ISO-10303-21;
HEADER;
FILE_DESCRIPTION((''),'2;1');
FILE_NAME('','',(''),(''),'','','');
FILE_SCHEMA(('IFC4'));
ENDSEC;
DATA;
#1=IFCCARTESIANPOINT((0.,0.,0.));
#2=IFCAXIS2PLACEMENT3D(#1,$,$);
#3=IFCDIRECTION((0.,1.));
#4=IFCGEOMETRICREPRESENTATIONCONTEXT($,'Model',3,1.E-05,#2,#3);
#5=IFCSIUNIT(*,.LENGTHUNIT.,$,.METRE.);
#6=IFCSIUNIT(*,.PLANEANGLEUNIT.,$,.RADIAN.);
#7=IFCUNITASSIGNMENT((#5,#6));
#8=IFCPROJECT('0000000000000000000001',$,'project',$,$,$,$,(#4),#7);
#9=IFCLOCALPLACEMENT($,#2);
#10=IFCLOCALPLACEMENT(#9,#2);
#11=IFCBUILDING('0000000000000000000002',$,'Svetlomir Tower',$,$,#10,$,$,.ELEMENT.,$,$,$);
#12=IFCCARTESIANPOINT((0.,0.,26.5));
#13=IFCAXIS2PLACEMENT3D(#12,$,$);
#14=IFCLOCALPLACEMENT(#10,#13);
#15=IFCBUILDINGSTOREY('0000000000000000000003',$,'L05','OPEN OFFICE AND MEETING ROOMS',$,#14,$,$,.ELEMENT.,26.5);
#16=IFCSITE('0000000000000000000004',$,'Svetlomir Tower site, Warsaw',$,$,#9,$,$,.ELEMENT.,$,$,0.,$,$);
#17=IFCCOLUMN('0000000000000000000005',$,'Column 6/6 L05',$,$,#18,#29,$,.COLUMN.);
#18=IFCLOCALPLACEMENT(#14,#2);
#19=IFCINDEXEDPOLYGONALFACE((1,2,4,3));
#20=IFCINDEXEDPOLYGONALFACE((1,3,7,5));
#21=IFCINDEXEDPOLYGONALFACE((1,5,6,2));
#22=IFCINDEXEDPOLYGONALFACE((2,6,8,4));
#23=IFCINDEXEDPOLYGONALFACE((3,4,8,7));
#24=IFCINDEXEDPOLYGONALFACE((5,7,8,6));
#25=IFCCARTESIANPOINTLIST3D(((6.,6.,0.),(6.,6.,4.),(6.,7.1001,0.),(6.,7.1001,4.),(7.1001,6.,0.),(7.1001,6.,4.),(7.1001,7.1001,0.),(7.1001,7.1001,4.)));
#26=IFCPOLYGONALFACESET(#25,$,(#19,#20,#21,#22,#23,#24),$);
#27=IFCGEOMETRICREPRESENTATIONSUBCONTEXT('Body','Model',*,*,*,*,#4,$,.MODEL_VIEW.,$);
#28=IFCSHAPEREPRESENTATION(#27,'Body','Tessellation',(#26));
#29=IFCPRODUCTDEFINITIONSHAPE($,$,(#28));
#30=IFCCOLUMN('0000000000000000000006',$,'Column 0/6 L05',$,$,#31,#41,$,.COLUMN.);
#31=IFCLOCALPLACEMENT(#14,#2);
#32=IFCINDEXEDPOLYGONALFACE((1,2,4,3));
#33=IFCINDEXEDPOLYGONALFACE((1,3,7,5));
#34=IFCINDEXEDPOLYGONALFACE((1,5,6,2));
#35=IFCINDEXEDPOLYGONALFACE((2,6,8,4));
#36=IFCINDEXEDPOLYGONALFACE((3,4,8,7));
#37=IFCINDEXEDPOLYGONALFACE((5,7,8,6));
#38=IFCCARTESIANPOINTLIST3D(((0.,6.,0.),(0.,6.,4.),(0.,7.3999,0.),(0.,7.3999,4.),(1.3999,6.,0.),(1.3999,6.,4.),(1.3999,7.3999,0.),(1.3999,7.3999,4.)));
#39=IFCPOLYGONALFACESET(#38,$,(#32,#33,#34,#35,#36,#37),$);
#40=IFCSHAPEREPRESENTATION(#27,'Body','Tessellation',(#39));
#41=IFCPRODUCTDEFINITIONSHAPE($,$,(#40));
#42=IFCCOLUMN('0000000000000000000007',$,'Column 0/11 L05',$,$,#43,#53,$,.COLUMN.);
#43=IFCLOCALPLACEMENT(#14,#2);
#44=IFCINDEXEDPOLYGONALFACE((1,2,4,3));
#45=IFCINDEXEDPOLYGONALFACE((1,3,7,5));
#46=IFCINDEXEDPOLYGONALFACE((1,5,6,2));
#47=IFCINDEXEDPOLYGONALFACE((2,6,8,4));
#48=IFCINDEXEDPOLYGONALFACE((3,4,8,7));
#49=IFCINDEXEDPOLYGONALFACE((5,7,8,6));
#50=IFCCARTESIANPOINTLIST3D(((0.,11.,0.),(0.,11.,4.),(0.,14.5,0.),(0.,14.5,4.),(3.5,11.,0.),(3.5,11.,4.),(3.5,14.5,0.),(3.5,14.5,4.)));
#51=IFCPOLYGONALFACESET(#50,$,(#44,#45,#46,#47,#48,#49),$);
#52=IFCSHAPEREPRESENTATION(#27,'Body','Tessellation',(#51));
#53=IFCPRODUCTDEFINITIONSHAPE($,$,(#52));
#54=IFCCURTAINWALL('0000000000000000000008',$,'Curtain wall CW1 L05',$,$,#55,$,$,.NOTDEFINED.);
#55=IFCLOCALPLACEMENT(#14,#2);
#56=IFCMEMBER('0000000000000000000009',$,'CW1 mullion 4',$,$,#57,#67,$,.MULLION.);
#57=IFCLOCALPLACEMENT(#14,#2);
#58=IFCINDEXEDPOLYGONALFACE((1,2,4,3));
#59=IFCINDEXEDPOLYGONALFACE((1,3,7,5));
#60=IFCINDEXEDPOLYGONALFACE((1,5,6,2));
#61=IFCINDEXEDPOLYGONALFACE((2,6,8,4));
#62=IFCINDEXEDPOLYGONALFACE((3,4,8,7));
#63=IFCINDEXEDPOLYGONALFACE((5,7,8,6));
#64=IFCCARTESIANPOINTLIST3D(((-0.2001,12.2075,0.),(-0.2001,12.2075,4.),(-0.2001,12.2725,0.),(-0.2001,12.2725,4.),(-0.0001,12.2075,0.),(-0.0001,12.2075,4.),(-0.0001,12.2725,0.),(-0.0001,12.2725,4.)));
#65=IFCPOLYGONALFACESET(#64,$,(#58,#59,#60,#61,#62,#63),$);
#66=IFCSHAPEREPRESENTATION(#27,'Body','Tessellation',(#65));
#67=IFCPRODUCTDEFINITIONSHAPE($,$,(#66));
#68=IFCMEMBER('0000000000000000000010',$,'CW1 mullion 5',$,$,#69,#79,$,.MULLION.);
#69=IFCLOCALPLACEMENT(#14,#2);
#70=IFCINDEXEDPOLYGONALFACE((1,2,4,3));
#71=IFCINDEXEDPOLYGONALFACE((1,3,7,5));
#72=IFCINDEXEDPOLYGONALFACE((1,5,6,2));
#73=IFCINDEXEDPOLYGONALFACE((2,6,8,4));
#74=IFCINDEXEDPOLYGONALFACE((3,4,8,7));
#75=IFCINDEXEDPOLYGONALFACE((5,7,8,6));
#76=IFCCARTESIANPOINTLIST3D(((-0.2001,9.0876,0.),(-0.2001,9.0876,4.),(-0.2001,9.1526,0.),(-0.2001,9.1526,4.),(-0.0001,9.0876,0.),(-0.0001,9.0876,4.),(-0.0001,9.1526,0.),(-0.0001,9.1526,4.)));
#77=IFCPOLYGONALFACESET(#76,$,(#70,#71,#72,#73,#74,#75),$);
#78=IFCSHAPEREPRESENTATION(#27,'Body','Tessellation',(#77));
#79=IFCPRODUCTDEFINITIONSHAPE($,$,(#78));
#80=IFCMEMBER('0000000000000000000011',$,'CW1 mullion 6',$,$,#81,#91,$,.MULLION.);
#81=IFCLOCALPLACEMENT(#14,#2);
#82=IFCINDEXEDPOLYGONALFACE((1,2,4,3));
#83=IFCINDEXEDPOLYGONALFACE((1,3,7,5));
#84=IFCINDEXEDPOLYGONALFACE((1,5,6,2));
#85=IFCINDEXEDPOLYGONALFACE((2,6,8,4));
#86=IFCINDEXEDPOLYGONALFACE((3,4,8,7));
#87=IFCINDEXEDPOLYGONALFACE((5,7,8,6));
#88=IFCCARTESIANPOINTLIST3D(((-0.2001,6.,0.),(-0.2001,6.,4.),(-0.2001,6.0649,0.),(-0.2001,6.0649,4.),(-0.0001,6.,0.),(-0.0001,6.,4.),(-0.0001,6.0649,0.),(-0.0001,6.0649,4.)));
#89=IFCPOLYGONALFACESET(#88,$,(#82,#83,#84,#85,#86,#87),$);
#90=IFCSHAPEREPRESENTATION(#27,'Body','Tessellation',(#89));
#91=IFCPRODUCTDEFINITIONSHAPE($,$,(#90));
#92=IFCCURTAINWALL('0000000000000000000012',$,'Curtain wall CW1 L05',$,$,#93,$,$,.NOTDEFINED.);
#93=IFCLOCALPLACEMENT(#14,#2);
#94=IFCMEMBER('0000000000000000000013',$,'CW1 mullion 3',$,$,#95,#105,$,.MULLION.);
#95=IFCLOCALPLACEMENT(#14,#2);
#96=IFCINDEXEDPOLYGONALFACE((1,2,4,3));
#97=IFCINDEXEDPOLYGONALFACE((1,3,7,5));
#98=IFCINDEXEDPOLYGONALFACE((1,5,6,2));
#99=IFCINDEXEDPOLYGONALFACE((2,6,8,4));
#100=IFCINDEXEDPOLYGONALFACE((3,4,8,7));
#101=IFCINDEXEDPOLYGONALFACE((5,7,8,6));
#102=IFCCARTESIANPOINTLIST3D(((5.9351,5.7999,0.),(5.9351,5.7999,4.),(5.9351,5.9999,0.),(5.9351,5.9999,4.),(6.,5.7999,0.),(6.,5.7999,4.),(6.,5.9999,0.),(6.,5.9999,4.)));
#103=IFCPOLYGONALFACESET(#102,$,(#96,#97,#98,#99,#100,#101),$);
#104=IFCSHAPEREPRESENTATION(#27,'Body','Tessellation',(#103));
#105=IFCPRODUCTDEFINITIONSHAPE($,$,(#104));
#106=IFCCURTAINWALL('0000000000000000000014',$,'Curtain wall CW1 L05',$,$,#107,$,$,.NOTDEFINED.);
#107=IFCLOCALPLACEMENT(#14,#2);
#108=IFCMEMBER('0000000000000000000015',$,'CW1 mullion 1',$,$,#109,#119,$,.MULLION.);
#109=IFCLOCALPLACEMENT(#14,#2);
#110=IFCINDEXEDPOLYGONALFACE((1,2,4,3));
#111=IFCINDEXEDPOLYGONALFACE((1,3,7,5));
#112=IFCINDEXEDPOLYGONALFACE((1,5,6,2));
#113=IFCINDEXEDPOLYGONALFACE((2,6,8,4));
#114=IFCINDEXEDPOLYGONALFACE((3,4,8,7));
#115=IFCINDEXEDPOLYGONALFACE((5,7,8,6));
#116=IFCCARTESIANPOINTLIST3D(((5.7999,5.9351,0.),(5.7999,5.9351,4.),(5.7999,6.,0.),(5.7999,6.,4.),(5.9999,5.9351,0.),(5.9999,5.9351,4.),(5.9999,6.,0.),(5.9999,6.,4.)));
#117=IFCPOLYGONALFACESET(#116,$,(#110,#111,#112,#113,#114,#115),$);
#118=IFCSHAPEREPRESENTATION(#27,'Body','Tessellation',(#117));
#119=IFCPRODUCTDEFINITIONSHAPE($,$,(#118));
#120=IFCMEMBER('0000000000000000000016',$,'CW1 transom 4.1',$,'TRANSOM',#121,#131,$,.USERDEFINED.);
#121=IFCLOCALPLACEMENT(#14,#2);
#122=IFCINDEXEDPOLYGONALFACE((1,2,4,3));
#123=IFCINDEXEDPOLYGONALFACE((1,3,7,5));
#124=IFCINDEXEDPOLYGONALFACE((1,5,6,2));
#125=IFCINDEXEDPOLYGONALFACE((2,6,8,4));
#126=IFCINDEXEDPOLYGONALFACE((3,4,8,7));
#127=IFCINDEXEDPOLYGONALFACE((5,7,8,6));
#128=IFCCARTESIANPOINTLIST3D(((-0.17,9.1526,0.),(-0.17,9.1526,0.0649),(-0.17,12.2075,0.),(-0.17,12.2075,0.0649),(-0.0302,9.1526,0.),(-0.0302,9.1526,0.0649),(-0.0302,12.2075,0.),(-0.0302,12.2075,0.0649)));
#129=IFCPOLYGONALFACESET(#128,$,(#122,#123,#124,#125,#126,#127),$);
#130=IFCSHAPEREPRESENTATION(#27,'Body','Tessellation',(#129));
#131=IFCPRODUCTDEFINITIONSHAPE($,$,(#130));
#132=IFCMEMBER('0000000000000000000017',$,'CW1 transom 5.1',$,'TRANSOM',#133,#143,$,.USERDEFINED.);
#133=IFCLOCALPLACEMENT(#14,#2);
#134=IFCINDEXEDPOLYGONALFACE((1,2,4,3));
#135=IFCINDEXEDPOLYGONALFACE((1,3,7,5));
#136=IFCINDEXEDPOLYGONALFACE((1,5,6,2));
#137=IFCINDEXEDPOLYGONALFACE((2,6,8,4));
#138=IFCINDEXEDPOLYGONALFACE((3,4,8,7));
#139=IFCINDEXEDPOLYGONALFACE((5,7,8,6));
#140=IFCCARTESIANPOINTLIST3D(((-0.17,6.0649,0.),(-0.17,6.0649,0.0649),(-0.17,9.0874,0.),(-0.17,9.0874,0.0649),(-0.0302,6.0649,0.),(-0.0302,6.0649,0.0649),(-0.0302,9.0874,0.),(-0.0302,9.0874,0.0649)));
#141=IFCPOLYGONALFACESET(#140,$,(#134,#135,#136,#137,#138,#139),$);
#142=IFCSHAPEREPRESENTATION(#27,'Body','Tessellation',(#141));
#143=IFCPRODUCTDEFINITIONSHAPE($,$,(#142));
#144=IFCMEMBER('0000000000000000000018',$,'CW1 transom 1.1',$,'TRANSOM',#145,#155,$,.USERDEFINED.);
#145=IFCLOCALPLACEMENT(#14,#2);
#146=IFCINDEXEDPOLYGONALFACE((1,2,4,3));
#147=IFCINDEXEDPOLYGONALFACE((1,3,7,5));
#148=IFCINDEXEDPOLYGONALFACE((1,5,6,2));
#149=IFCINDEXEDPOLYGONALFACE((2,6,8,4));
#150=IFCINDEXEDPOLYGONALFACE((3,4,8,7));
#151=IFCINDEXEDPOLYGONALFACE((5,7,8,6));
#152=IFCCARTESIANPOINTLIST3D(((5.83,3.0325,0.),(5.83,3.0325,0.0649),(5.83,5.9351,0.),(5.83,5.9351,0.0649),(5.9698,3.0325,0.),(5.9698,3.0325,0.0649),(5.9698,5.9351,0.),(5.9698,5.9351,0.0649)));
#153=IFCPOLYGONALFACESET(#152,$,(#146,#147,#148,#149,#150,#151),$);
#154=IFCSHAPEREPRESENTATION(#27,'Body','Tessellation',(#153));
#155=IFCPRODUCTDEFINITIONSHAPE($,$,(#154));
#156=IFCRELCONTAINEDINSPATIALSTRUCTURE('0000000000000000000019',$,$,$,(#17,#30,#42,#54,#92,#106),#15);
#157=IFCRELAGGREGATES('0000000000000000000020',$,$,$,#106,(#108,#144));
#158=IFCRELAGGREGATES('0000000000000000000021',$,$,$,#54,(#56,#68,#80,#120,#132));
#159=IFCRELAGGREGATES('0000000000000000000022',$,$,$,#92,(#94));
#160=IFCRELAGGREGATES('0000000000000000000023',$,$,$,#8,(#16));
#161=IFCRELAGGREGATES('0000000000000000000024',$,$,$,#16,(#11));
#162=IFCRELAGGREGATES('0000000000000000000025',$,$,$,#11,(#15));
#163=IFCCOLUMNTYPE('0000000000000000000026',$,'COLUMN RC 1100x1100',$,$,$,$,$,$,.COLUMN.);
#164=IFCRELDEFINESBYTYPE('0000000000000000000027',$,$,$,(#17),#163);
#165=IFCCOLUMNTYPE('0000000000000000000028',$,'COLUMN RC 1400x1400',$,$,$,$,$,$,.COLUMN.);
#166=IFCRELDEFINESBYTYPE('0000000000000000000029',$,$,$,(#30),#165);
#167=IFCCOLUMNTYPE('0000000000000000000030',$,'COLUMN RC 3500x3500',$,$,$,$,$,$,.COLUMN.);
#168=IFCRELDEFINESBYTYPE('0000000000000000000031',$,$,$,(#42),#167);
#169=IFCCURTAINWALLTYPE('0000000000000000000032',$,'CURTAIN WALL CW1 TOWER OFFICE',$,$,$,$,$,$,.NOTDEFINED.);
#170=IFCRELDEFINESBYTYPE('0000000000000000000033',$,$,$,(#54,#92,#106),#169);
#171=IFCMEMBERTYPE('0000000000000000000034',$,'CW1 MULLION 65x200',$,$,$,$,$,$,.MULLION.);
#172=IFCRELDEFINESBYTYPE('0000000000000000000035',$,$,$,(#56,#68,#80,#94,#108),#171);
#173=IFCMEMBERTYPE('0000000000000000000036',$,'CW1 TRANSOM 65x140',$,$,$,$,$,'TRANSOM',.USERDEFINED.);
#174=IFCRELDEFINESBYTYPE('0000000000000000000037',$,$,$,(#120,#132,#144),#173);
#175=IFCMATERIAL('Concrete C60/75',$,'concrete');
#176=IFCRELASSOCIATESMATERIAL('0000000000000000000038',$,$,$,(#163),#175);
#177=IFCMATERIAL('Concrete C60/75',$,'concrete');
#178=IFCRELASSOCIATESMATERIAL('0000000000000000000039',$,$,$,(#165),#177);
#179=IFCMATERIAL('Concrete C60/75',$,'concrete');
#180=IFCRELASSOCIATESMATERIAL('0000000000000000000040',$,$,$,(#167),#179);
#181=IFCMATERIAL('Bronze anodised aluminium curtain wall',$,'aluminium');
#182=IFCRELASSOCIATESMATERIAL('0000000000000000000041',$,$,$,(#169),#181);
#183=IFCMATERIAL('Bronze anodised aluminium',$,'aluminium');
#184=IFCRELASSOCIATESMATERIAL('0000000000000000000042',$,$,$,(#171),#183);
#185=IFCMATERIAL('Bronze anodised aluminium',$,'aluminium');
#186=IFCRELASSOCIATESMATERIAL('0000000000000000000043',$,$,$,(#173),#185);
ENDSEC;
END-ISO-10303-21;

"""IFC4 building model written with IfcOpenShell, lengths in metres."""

from ifc_helpers import new_model, si_unit, direction, frame, origin, origin_2d, place, context, subcontext, project, spatial, rectangle, extrude, material, material_profile, profile_set, type_object, element, aggregate, save


model = new_model("IFC4")

# Units and contexts
model_context = context("Model", 3, precision=1e-05, world=origin(), true_north=direction((0.0, 1.0)))
body_context = subcontext(model_context, "Body", "Model", "MODEL_VIEW")
ifc_project = project(units=[si_unit("LENGTHUNIT", "METRE"), si_unit("PLANEANGLEUNIT", "RADIAN")], contexts=[model_context])

# Site, building, storey
site_placement = place(None, origin())
site = spatial("IfcSite", under=ifc_project, at=site_placement, Name="Svetlomir Tower site, Warsaw", CompositionType="ELEMENT", RefElevation=0.0)
building_placement = place(site_placement, origin())
building = spatial("IfcBuilding", under=site, at=building_placement, Name="Svetlomir Tower", CompositionType="ELEMENT")
storey_placement = place(building_placement, frame((0.0, 0.0, 26.5)))
storey = spatial("IfcBuildingStorey", under=building, at=storey_placement, Name="L05", Description="OPEN OFFICE AND MEETING ROOMS", CompositionType="ELEMENT", Elevation=26.5)

# Columns
ifc_material_1 = material(Name="Concrete C60/75", Category="concrete")
ifc_material_profile_1 = material_profile(ifc_material_1, rectangle(XDim=1.1001, YDim=1.1001, at=origin_2d()), Name="RC 1100x1100")
ifc_profile_set_1 = profile_set([ifc_material_profile_1], Name="Concrete C60/75")
column_type_1 = type_object("IfcColumnType", Name="COLUMN RC 1100x1100", PredefinedType="COLUMN", material=ifc_profile_set_1)
column_1_placement = place(storey_placement, frame((6.55, 6.55, 0.0), z_axis=(0.0, 0.0, 1.0), x_axis=(1.0, 0.0, 0.0)))
element("IfcColumn", 1, at=column_1_placement, inside=storey, type_object=column_type_1, Name="Column 6/6 L05", PredefinedType="COLUMN", context=body_context, shape_type="SweptSolid", body=[
    extrude(rectangle(XDim=1.1001, YDim=1.1001, at=origin_2d()), origin(), (0.0, 0.0, 1.0), 4.0),
])
ifc_material_2 = material(Name="Concrete C60/75", Category="concrete")
ifc_material_profile_2 = material_profile(ifc_material_2, rectangle(XDim=1.3999, YDim=1.3999, at=origin_2d()), Name="RC 1400x1400")
ifc_profile_set_2 = profile_set([ifc_material_profile_2], Name="Concrete C60/75")
column_type_2 = type_object("IfcColumnType", Name="COLUMN RC 1400x1400", PredefinedType="COLUMN", material=ifc_profile_set_2)
column_2_placement = place(storey_placement, frame((0.7, 6.7, 0.0), z_axis=(0.0, 0.0, 1.0), x_axis=(1.0, 0.0, 0.0)))
element("IfcColumn", 2, at=column_2_placement, inside=storey, type_object=column_type_2, Name="Column 0/6 L05", PredefinedType="COLUMN", context=body_context, shape_type="SweptSolid", body=[
    extrude(rectangle(XDim=1.3999, YDim=1.3999, at=origin_2d()), origin(), (0.0, 0.0, 1.0), 4.0),
])
ifc_material_3 = material(Name="Concrete C60/75", Category="concrete")
ifc_material_profile_3 = material_profile(ifc_material_3, rectangle(XDim=3.5, YDim=3.5, at=origin_2d()), Name="RC 3500x3500")
ifc_profile_set_3 = profile_set([ifc_material_profile_3], Name="Concrete C60/75")
column_type_3 = type_object("IfcColumnType", Name="COLUMN RC 3500x3500", PredefinedType="COLUMN", material=ifc_profile_set_3)
column_3_placement = place(storey_placement, frame((1.75, 12.75, 0.0), z_axis=(0.0, 0.0, 1.0), x_axis=(1.0, 0.0, 0.0)))
element("IfcColumn", 3, at=column_3_placement, inside=storey, type_object=column_type_3, Name="Column 0/11 L05", PredefinedType="COLUMN", context=body_context, shape_type="SweptSolid", body=[
    extrude(rectangle(XDim=3.5, YDim=3.5, at=origin_2d()), origin(), (0.0, 0.0, 1.0), 4.0),
])

# Curtain wall, members
ifc_material_4 = material(Name="Bronze anodised aluminium curtain wall", Category="aluminium")
curtain_wall_type = type_object("IfcCurtainWallType", Name="CURTAIN WALL CW1 TOWER OFFICE", PredefinedType="NOTDEFINED", material=ifc_material_4)
curtain_wall_1_placement = place(storey_placement, origin())
curtain_wall_1 = element("IfcCurtainWall", 4, at=curtain_wall_1_placement, inside=storey, type_object=curtain_wall_type, Name="Curtain wall CW1 L05", PredefinedType="NOTDEFINED")
ifc_material_5 = material(Name="Bronze anodised aluminium", Category="aluminium")
ifc_material_profile_4 = material_profile(ifc_material_5, rectangle(XDim=0.0649, YDim=0.2, at=origin_2d()), Name="AL 65x200")
ifc_profile_set_4 = profile_set([ifc_material_profile_4], Name="Bronze anodised aluminium 6063-T6")
member_type_1 = type_object("IfcMemberType", Name="CW1 MULLION 65x200", PredefinedType="MULLION", material=ifc_profile_set_4)
member_1_placement = place(storey_placement, frame((-0.1001, 12.24, 0.0), z_axis=(0.0, 0.0, 1.0), x_axis=(0.0, -1.0, 0.0)))
member_1 = element("IfcMember", 5, at=member_1_placement, type_object=member_type_1, Name="CW1 mullion 4", PredefinedType="MULLION", context=body_context, shape_type="SweptSolid", body=[
    extrude(rectangle(XDim=0.0649, YDim=0.2, at=origin_2d()), origin(), (0.0, 0.0, 1.0), 4.0),
])
member_2_placement = place(storey_placement, frame((-0.1001, 9.1201, 0.0), z_axis=(0.0, 0.0, 1.0), x_axis=(0.0, -1.0, 0.0)))
member_2 = element("IfcMember", 6, at=member_2_placement, type_object=member_type_1, Name="CW1 mullion 5", PredefinedType="MULLION", context=body_context, shape_type="SweptSolid", body=[
    extrude(rectangle(XDim=0.0649, YDim=0.2, at=origin_2d()), origin(), (0.0, 0.0, 1.0), 4.0),
])
member_3_placement = place(storey_placement, frame((-0.1001, 6.0325, 0.0), z_axis=(0.0, 0.0, 1.0), x_axis=(0.0, -1.0, 0.0)))
member_3 = element("IfcMember", 7, at=member_3_placement, type_object=member_type_1, Name="CW1 mullion 6", PredefinedType="MULLION", context=body_context, shape_type="SweptSolid", body=[
    extrude(rectangle(XDim=0.0649, YDim=0.2, at=origin_2d()), origin(), (0.0, 0.0, 1.0), 4.0),
])

# Curtain walls, members
curtain_wall_2_placement = place(storey_placement, origin())
curtain_wall_2 = element("IfcCurtainWall", 8, at=curtain_wall_2_placement, inside=storey, type_object=curtain_wall_type, Name="Curtain wall CW1 L05", PredefinedType="NOTDEFINED")
member_4_placement = place(storey_placement, frame((5.9675, 5.8999, 0.0), z_axis=(0.0, 0.0, 1.0), x_axis=(1.0, 0.0, 0.0)))
member_4 = element("IfcMember", 9, at=member_4_placement, type_object=member_type_1, Name="CW1 mullion 3", PredefinedType="MULLION", context=body_context, shape_type="SweptSolid", body=[
    extrude(rectangle(XDim=0.0649, YDim=0.2, at=origin_2d()), origin(), (0.0, 0.0, 1.0), 4.0),
])
curtain_wall_3_placement = place(storey_placement, origin())
curtain_wall_3 = element("IfcCurtainWall", 10, at=curtain_wall_3_placement, inside=storey, type_object=curtain_wall_type, Name="Curtain wall CW1 L05", PredefinedType="NOTDEFINED")
member_5_placement = place(storey_placement, frame((5.8999, 5.9675, 0.0), z_axis=(0.0, 0.0, 1.0), x_axis=(0.0, -1.0, 0.0)))
member_5 = element("IfcMember", 11, at=member_5_placement, type_object=member_type_1, Name="CW1 mullion 1", PredefinedType="MULLION", context=body_context, shape_type="SweptSolid", body=[
    extrude(rectangle(XDim=0.0649, YDim=0.2, at=origin_2d()), origin(), (0.0, 0.0, 1.0), 4.0),
])

# Members
ifc_material_6 = material(Name="Bronze anodised aluminium", Category="aluminium")
ifc_material_profile_5 = material_profile(ifc_material_6, rectangle(XDim=0.1399, YDim=0.0649, at=origin_2d()), Name="AL 140x65")
ifc_profile_set_5 = profile_set([ifc_material_profile_5], Name="Bronze anodised aluminium 6063-T6")
member_type_2 = type_object("IfcMemberType", Name="CW1 TRANSOM 65x140", ElementType="TRANSOM", PredefinedType="USERDEFINED", material=ifc_profile_set_5)
member_6_placement = place(storey_placement, frame((-0.1001, 12.2075, 0.0325), z_axis=(0.0, -1.0, 0.0), x_axis=(1.0, 0.0, 0.0)))
member_6 = element("IfcMember", 12, at=member_6_placement, type_object=member_type_2, Name="CW1 transom 4.1", ObjectType="TRANSOM", PredefinedType="USERDEFINED", context=body_context, shape_type="SweptSolid", body=[
    extrude(rectangle(XDim=0.1399, YDim=0.0649, at=origin_2d()), origin(), (0.0, 0.0, 1.0), 3.0549),
])
member_7_placement = place(storey_placement, frame((-0.1001, 9.0874, 0.0325), z_axis=(0.0, -1.0, 0.0), x_axis=(1.0, 0.0, 0.0)))
member_7 = element("IfcMember", 13, at=member_7_placement, type_object=member_type_2, Name="CW1 transom 5.1", ObjectType="TRANSOM", PredefinedType="USERDEFINED", context=body_context, shape_type="SweptSolid", body=[
    extrude(rectangle(XDim=0.1399, YDim=0.0649, at=origin_2d()), origin(), (0.0, 0.0, 1.0), 3.0225),
])
member_8_placement = place(storey_placement, frame((5.8999, 5.9351, 0.0325), z_axis=(0.0, -1.0, 0.0), x_axis=(1.0, 0.0, 0.0)))
member_8 = element("IfcMember", 14, at=member_8_placement, type_object=member_type_2, Name="CW1 transom 1.1", ObjectType="TRANSOM", PredefinedType="USERDEFINED", context=body_context, shape_type="SweptSolid", body=[
    extrude(rectangle(XDim=0.1399, YDim=0.0649, at=origin_2d()), origin(), (0.0, 0.0, 1.0), 2.9026),
])
aggregate(curtain_wall_3, [member_5, member_8])

aggregate(curtain_wall_1, [member_1, member_2, member_3, member_6, member_7])
aggregate(curtain_wall_2, [member_4])

save(model, "model.ifc")
